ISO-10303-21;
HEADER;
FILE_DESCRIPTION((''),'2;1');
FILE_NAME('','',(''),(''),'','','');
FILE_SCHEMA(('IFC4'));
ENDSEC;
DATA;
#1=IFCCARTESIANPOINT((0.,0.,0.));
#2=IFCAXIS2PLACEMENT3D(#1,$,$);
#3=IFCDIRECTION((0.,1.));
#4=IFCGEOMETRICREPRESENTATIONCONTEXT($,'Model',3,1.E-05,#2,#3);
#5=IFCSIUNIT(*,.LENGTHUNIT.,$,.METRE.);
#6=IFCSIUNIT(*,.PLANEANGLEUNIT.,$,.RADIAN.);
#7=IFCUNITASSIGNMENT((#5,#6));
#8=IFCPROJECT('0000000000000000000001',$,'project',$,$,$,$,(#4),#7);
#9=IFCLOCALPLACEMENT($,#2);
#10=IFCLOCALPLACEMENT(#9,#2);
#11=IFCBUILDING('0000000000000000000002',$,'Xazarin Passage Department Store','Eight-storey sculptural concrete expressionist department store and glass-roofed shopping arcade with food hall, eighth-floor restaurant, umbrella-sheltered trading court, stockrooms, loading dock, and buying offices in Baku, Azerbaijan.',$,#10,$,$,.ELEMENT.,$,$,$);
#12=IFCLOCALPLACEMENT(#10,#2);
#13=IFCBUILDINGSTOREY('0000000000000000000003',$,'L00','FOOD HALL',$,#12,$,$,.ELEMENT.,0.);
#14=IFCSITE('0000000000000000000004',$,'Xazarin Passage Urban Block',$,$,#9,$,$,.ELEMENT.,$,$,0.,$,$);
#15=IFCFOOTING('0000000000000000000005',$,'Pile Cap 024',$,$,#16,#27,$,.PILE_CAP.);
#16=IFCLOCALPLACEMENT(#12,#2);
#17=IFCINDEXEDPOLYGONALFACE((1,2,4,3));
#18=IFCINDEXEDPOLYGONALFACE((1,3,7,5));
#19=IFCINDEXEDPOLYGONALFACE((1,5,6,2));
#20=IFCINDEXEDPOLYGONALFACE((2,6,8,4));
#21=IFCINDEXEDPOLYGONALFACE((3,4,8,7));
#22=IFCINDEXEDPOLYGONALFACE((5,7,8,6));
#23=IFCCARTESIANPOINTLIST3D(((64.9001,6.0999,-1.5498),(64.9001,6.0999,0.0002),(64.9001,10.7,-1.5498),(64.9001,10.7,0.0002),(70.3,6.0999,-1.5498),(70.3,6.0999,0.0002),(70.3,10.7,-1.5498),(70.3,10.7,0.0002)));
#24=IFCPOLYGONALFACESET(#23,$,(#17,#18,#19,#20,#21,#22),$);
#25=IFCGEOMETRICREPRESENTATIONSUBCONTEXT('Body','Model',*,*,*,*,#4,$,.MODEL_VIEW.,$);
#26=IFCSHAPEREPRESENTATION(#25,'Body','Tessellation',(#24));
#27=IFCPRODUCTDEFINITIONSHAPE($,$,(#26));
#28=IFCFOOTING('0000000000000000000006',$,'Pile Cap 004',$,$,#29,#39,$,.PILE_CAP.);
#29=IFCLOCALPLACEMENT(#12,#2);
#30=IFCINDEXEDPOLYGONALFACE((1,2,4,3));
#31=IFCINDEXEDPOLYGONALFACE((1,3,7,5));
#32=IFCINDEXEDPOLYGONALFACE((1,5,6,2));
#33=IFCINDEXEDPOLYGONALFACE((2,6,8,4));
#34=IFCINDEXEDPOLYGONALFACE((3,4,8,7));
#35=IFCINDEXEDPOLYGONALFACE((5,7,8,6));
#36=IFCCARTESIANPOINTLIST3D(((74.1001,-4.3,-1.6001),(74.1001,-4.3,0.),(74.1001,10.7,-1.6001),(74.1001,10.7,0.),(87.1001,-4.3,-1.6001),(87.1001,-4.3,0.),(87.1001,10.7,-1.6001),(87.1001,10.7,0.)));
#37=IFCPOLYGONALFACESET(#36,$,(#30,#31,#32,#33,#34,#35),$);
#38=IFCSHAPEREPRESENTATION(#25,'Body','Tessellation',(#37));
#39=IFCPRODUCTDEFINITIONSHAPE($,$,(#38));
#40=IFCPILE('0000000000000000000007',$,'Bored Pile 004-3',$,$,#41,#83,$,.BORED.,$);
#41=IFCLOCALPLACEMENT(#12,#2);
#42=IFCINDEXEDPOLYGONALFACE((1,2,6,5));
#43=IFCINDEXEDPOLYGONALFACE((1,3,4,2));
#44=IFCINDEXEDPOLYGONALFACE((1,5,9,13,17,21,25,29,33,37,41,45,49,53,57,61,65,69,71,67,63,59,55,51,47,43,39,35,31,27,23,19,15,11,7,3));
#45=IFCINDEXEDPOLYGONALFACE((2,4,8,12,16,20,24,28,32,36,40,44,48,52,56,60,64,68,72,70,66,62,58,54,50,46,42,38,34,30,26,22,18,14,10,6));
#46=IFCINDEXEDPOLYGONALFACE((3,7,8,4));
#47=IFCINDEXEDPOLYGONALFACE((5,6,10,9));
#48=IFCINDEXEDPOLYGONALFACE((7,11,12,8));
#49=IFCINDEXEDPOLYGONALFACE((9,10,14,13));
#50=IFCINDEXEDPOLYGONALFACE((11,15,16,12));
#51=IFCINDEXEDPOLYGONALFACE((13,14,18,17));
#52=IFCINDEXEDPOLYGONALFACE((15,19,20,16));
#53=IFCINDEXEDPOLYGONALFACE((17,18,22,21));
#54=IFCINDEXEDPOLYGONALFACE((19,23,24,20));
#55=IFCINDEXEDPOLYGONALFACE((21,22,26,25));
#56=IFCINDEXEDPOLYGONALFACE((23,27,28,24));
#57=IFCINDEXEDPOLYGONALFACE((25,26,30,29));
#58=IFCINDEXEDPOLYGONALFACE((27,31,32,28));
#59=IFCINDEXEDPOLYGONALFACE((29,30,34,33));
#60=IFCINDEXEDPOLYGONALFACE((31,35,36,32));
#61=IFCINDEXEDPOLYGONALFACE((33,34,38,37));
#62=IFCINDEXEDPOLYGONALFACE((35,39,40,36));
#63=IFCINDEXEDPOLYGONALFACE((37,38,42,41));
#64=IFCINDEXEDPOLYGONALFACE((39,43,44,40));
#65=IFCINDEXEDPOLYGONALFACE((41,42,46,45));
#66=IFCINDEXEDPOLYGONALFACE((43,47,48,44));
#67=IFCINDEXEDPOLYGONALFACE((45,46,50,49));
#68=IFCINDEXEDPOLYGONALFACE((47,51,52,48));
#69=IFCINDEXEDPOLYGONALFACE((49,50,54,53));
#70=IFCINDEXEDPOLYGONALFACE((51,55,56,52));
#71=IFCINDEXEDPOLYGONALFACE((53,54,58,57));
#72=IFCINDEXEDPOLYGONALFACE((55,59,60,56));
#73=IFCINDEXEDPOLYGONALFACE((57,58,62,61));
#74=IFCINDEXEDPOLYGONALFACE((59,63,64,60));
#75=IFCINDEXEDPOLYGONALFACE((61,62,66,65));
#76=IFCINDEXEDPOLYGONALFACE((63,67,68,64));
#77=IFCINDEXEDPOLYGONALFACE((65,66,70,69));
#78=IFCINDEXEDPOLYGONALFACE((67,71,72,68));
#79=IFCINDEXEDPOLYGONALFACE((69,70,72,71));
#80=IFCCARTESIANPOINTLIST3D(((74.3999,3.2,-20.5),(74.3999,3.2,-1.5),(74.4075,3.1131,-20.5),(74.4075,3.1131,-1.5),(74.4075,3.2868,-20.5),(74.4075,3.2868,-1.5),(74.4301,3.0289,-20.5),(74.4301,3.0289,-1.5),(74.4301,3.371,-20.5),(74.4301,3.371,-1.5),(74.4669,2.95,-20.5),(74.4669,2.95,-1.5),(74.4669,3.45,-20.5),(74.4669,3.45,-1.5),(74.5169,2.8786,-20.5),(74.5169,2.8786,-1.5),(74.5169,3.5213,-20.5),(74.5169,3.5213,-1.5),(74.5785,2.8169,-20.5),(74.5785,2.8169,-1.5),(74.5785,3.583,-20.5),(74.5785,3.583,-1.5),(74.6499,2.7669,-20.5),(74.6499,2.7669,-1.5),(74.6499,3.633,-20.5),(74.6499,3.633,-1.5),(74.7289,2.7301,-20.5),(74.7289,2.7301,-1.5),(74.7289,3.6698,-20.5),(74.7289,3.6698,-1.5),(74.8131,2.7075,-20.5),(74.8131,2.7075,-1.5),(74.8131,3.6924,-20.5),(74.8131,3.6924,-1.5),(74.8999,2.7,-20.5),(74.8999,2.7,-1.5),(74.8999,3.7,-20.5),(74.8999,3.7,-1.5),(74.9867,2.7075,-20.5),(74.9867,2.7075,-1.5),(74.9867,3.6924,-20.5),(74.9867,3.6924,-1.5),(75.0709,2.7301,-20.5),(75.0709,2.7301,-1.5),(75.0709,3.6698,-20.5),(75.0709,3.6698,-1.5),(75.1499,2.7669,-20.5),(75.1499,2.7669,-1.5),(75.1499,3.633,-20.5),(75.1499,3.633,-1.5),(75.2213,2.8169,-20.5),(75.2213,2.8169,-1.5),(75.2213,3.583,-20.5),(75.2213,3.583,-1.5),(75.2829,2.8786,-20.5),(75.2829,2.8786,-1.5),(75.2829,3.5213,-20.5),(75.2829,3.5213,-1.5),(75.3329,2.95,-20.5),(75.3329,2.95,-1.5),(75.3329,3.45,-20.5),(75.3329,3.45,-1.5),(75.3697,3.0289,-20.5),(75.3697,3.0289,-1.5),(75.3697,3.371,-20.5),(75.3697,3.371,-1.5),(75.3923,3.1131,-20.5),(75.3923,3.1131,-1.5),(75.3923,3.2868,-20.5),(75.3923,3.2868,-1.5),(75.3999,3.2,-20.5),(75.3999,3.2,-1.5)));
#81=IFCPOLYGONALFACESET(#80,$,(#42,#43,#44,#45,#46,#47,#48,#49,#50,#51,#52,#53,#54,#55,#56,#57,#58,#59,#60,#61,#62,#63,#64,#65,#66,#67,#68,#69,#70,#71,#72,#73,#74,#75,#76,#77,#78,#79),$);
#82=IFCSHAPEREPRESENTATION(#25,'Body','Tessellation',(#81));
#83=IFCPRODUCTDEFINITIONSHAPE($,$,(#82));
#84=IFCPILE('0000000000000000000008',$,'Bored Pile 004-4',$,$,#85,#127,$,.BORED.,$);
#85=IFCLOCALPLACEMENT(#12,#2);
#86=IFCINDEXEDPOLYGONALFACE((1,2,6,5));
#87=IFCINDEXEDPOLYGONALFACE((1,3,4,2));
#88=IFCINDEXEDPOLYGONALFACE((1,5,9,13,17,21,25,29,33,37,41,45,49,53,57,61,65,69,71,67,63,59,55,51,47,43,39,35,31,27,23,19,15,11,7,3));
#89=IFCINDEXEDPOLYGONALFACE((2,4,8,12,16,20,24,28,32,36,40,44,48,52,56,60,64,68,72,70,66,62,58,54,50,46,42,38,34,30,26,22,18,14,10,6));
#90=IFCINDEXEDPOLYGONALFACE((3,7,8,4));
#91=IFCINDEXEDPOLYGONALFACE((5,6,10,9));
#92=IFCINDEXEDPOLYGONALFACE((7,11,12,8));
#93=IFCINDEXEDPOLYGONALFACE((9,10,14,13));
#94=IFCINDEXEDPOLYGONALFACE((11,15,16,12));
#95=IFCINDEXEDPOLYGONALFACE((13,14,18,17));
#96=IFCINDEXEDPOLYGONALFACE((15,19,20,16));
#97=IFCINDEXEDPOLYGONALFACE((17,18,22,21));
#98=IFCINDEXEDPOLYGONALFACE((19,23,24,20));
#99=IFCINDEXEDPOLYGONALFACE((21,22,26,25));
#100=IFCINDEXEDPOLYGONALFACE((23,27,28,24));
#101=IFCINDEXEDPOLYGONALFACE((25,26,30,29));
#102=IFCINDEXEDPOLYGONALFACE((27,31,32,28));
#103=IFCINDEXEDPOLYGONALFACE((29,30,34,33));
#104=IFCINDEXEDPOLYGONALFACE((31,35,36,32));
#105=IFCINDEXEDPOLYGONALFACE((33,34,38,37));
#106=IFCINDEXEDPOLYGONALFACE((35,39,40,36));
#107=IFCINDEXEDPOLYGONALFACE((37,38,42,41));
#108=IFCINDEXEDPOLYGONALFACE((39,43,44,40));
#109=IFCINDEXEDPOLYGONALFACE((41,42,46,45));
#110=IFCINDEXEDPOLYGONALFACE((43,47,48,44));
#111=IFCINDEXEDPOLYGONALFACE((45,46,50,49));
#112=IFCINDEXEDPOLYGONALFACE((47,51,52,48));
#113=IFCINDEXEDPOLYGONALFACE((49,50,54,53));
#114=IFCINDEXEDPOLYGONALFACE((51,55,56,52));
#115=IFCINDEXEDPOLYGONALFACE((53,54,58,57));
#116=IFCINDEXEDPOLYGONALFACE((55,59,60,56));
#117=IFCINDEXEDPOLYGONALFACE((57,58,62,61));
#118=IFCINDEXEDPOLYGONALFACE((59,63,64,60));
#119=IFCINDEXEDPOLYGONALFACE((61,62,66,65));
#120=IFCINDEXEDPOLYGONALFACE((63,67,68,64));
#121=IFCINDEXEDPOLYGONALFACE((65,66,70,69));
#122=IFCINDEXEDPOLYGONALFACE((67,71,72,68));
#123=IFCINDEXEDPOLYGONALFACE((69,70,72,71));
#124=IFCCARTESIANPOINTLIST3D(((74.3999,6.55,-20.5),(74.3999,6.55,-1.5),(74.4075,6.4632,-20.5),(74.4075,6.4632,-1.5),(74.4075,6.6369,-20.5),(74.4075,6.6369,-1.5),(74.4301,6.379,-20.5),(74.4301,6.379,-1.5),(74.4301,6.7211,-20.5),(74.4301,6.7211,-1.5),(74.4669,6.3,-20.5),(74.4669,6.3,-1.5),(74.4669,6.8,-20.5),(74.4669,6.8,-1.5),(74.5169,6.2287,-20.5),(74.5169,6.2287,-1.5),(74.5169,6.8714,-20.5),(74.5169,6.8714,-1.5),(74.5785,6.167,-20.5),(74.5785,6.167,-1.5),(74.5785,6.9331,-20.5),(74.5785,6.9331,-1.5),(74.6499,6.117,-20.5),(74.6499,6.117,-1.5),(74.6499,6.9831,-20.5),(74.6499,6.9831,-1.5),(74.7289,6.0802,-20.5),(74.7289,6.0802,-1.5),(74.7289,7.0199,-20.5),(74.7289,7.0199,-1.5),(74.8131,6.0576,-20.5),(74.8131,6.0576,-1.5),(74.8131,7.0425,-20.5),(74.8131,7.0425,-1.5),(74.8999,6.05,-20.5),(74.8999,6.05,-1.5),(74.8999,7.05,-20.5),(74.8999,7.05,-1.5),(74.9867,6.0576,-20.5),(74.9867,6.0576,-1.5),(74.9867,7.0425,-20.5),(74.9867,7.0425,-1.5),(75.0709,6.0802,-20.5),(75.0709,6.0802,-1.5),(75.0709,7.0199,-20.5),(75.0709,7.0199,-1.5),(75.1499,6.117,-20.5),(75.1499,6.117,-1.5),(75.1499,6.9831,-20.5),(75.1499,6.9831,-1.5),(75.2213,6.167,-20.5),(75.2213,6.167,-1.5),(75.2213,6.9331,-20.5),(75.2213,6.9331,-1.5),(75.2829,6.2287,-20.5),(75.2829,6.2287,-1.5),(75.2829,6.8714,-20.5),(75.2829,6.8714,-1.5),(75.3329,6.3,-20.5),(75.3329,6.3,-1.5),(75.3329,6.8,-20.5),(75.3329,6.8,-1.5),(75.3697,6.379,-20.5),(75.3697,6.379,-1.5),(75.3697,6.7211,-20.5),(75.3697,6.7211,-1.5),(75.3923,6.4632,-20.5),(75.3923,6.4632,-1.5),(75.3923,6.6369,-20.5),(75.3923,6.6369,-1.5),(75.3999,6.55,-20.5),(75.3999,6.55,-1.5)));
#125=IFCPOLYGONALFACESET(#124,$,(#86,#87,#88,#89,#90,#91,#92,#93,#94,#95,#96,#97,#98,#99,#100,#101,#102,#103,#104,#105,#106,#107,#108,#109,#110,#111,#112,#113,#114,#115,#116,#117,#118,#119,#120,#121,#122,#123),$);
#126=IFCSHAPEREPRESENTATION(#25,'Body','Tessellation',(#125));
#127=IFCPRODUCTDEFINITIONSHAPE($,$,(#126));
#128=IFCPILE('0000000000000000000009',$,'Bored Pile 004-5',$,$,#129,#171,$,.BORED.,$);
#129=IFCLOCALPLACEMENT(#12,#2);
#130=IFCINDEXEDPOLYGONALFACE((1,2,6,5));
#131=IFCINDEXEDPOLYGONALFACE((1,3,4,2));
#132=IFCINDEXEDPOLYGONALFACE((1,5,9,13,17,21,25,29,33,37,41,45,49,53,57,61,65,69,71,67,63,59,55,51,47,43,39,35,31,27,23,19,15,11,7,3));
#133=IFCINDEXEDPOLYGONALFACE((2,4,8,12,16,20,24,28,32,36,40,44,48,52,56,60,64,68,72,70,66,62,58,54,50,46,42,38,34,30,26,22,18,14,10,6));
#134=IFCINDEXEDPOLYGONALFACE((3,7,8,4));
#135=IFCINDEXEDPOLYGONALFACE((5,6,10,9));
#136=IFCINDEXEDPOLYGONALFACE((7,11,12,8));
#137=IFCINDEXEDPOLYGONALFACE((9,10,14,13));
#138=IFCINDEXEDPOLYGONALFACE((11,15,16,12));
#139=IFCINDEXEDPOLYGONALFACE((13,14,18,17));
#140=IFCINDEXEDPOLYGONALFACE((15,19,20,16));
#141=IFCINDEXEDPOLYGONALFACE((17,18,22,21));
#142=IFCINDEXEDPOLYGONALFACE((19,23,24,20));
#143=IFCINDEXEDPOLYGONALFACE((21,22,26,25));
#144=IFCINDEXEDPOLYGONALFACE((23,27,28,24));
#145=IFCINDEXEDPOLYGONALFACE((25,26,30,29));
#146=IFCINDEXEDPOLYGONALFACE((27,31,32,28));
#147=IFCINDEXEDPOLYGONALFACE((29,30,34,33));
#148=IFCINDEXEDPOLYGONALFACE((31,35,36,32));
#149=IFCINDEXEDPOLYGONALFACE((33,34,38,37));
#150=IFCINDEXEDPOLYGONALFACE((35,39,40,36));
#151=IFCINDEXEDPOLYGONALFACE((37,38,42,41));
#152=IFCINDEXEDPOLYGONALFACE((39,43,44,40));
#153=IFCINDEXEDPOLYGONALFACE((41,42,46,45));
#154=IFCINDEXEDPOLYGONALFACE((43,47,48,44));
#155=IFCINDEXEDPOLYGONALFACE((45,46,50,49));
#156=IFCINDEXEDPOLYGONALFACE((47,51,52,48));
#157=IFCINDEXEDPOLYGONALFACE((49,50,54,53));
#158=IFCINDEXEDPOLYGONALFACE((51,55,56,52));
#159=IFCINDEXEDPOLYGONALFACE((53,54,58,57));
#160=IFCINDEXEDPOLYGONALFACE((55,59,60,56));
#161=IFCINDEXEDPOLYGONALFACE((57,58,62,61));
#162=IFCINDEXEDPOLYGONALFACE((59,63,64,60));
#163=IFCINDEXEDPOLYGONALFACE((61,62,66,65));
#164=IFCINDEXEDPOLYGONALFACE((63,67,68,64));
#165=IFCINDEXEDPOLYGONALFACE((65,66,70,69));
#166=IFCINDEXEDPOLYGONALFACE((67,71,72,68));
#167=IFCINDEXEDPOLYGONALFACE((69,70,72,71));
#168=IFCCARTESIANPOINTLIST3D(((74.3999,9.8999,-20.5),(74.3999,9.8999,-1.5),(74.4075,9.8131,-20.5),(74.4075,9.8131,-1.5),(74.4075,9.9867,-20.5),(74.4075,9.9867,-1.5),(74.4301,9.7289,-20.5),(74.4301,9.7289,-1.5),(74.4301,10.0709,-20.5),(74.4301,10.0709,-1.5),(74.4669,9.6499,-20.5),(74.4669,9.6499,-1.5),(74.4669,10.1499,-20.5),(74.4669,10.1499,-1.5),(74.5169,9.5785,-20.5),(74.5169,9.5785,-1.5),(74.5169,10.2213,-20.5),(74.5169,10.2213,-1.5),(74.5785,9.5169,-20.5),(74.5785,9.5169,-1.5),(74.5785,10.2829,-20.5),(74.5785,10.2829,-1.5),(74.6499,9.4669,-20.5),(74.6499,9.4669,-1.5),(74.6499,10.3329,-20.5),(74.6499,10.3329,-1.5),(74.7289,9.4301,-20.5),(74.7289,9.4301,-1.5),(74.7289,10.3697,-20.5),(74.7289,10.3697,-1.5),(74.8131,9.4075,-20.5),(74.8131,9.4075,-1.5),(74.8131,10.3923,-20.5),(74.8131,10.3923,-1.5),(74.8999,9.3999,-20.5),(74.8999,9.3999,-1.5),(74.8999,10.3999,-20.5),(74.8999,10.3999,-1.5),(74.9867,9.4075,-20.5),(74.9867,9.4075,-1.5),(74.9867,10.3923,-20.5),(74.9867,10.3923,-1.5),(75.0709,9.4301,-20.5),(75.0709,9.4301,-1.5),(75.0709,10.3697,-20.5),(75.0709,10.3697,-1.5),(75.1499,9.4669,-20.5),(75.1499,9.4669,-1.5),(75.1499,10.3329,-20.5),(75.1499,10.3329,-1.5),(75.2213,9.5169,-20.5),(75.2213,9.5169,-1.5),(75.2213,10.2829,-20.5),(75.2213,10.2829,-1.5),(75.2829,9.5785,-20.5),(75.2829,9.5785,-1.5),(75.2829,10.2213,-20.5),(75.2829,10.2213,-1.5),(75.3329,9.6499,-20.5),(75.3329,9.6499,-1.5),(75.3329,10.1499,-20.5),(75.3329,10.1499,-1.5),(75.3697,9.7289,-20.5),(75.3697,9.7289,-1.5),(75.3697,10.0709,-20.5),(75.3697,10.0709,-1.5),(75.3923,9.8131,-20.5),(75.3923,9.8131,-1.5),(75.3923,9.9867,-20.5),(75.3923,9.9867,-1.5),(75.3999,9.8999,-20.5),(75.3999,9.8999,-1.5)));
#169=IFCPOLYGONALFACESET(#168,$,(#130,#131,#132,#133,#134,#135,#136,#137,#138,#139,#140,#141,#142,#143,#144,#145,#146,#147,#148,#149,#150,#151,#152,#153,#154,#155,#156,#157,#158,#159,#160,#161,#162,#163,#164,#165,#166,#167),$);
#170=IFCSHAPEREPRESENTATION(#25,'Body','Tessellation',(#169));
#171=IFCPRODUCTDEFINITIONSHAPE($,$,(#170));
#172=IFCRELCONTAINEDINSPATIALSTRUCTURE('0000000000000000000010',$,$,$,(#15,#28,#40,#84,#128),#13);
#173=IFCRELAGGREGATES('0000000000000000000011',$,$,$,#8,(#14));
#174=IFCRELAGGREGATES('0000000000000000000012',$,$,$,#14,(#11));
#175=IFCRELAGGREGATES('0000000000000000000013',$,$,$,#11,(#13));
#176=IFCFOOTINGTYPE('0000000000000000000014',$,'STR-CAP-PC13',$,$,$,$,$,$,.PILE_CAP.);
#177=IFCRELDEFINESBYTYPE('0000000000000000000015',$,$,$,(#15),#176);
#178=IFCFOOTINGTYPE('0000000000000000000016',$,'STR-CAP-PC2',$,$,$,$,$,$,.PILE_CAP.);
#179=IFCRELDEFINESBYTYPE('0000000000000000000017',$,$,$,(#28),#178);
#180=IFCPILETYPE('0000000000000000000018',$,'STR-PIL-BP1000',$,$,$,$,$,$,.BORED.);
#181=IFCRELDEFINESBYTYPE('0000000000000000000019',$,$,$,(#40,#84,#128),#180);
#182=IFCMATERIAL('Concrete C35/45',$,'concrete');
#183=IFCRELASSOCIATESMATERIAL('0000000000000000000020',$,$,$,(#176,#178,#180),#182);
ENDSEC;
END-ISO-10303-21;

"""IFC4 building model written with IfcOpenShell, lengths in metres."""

from ifc_helpers import new_model, si_unit, direction, frame, origin, origin_2d, place, context, subcontext, project, spatial, rectangle, circle, extrude, material, material_profile, profile_set, type_object, element, save


model = new_model("IFC4")

# Units and contexts
model_context = context("Model", 3, precision=1e-05, world=origin(), true_north=direction((0.0, 1.0)))
body_context = subcontext(model_context, "Body", "Model", "MODEL_VIEW")
ifc_project = project(units=[si_unit("LENGTHUNIT", "METRE"), si_unit("PLANEANGLEUNIT", "RADIAN")], contexts=[model_context])

# Site, building, storey
site_placement = place(None, origin())
site = spatial("IfcSite", under=ifc_project, at=site_placement, Name="Xazarin Passage Urban Block", CompositionType="ELEMENT", RefElevation=0.0)
building_placement = place(site_placement, origin())
building = spatial("IfcBuilding", under=site, at=building_placement, Name="Xazarin Passage Department Store", Description="Eight-storey sculptural concrete expressionist department store and glass-roofed shopping arcade with food hall, eighth-floor restaurant, umbrella-sheltered trading court, stockrooms, loading dock, and buying offices in Baku, Azerbaijan.", CompositionType="ELEMENT")
storey_placement = place(building_placement, origin())
storey = spatial("IfcBuildingStorey", under=building, at=storey_placement, Name="L00", Description="FOOD HALL", CompositionType="ELEMENT", Elevation=0.0)

# Footings
ifc_material_1 = material(Name="Concrete C35/45", Category="concrete")
footing_type_1 = type_object("IfcFootingType", Name="STR-CAP-PC13", PredefinedType="PILE_CAP", material=ifc_material_1)
footing_1_placement = place(storey_placement, frame((67.6001, 8.3999, -1.5498), z_axis=(0.0, 0.0, 1.0), x_axis=(1.0, 0.0, 0.0)))
element("IfcFooting", 1, at=footing_1_placement, inside=storey, type_object=footing_type_1, Name="Pile Cap 024", PredefinedType="PILE_CAP", context=body_context, shape_type="SweptSolid", body=[
    extrude(rectangle(XDim=5.3999, YDim=4.6001, at=origin_2d()), origin(), (0.0, 0.0, 1.0), 1.55),
])
footing_type_2 = type_object("IfcFootingType", Name="STR-CAP-PC2", PredefinedType="PILE_CAP", material=ifc_material_1)
footing_2_placement = place(storey_placement, frame((80.6001, 3.2, -1.6001), z_axis=(0.0, 0.0, 1.0), x_axis=(0.0, 1.0, 0.0)))
element("IfcFooting", 2, at=footing_2_placement, inside=storey, type_object=footing_type_2, Name="Pile Cap 004", PredefinedType="PILE_CAP", context=body_context, shape_type="SweptSolid", body=[
    extrude(rectangle(XDim=15.0, YDim=13.0, at=origin_2d()), origin(), (0.0, 0.0, 1.0), 1.6001),
])

# Piles
ifc_material_profile_1 = material_profile(ifc_material_1, circle(Radius=0.5, at=origin_2d()), Name="BP 1000")
ifc_profile_set_1 = profile_set([ifc_material_profile_1], Name="Concrete C35/45")
pile_type_1 = type_object("IfcPileType", Name="STR-PIL-BP1000", PredefinedType="BORED", material=ifc_profile_set_1)
for number, where, z_axis, x_axis, name in (
    (3, (74.8999, 3.2, -1.5), (0.0, 0.0, -1.0), (1.0, 0.0, 0.0), "Bored Pile 004-3"),
    (4, (74.8999, 6.55, -1.5), (0.0, 0.0, -1.0), (1.0, 0.0, 0.0), "Bored Pile 004-4"),
    (5, (74.8999, 9.8999, -1.5), (0.0, 0.0, -1.0), (1.0, 0.0, 0.0), "Bored Pile 004-5"),
):
    element("IfcPile", number, at=place(storey_placement, frame(where, z_axis=z_axis, x_axis=x_axis)), inside=storey, type_object=pile_type_1, Name=name, PredefinedType="BORED", context=body_context, shape_type="SweptSolid", body=[
        extrude(circle(Radius=0.5, at=origin_2d()), origin(), (0.0, 0.0, 1.0), 19.0),
    ])

save(model, "model.ifc")
